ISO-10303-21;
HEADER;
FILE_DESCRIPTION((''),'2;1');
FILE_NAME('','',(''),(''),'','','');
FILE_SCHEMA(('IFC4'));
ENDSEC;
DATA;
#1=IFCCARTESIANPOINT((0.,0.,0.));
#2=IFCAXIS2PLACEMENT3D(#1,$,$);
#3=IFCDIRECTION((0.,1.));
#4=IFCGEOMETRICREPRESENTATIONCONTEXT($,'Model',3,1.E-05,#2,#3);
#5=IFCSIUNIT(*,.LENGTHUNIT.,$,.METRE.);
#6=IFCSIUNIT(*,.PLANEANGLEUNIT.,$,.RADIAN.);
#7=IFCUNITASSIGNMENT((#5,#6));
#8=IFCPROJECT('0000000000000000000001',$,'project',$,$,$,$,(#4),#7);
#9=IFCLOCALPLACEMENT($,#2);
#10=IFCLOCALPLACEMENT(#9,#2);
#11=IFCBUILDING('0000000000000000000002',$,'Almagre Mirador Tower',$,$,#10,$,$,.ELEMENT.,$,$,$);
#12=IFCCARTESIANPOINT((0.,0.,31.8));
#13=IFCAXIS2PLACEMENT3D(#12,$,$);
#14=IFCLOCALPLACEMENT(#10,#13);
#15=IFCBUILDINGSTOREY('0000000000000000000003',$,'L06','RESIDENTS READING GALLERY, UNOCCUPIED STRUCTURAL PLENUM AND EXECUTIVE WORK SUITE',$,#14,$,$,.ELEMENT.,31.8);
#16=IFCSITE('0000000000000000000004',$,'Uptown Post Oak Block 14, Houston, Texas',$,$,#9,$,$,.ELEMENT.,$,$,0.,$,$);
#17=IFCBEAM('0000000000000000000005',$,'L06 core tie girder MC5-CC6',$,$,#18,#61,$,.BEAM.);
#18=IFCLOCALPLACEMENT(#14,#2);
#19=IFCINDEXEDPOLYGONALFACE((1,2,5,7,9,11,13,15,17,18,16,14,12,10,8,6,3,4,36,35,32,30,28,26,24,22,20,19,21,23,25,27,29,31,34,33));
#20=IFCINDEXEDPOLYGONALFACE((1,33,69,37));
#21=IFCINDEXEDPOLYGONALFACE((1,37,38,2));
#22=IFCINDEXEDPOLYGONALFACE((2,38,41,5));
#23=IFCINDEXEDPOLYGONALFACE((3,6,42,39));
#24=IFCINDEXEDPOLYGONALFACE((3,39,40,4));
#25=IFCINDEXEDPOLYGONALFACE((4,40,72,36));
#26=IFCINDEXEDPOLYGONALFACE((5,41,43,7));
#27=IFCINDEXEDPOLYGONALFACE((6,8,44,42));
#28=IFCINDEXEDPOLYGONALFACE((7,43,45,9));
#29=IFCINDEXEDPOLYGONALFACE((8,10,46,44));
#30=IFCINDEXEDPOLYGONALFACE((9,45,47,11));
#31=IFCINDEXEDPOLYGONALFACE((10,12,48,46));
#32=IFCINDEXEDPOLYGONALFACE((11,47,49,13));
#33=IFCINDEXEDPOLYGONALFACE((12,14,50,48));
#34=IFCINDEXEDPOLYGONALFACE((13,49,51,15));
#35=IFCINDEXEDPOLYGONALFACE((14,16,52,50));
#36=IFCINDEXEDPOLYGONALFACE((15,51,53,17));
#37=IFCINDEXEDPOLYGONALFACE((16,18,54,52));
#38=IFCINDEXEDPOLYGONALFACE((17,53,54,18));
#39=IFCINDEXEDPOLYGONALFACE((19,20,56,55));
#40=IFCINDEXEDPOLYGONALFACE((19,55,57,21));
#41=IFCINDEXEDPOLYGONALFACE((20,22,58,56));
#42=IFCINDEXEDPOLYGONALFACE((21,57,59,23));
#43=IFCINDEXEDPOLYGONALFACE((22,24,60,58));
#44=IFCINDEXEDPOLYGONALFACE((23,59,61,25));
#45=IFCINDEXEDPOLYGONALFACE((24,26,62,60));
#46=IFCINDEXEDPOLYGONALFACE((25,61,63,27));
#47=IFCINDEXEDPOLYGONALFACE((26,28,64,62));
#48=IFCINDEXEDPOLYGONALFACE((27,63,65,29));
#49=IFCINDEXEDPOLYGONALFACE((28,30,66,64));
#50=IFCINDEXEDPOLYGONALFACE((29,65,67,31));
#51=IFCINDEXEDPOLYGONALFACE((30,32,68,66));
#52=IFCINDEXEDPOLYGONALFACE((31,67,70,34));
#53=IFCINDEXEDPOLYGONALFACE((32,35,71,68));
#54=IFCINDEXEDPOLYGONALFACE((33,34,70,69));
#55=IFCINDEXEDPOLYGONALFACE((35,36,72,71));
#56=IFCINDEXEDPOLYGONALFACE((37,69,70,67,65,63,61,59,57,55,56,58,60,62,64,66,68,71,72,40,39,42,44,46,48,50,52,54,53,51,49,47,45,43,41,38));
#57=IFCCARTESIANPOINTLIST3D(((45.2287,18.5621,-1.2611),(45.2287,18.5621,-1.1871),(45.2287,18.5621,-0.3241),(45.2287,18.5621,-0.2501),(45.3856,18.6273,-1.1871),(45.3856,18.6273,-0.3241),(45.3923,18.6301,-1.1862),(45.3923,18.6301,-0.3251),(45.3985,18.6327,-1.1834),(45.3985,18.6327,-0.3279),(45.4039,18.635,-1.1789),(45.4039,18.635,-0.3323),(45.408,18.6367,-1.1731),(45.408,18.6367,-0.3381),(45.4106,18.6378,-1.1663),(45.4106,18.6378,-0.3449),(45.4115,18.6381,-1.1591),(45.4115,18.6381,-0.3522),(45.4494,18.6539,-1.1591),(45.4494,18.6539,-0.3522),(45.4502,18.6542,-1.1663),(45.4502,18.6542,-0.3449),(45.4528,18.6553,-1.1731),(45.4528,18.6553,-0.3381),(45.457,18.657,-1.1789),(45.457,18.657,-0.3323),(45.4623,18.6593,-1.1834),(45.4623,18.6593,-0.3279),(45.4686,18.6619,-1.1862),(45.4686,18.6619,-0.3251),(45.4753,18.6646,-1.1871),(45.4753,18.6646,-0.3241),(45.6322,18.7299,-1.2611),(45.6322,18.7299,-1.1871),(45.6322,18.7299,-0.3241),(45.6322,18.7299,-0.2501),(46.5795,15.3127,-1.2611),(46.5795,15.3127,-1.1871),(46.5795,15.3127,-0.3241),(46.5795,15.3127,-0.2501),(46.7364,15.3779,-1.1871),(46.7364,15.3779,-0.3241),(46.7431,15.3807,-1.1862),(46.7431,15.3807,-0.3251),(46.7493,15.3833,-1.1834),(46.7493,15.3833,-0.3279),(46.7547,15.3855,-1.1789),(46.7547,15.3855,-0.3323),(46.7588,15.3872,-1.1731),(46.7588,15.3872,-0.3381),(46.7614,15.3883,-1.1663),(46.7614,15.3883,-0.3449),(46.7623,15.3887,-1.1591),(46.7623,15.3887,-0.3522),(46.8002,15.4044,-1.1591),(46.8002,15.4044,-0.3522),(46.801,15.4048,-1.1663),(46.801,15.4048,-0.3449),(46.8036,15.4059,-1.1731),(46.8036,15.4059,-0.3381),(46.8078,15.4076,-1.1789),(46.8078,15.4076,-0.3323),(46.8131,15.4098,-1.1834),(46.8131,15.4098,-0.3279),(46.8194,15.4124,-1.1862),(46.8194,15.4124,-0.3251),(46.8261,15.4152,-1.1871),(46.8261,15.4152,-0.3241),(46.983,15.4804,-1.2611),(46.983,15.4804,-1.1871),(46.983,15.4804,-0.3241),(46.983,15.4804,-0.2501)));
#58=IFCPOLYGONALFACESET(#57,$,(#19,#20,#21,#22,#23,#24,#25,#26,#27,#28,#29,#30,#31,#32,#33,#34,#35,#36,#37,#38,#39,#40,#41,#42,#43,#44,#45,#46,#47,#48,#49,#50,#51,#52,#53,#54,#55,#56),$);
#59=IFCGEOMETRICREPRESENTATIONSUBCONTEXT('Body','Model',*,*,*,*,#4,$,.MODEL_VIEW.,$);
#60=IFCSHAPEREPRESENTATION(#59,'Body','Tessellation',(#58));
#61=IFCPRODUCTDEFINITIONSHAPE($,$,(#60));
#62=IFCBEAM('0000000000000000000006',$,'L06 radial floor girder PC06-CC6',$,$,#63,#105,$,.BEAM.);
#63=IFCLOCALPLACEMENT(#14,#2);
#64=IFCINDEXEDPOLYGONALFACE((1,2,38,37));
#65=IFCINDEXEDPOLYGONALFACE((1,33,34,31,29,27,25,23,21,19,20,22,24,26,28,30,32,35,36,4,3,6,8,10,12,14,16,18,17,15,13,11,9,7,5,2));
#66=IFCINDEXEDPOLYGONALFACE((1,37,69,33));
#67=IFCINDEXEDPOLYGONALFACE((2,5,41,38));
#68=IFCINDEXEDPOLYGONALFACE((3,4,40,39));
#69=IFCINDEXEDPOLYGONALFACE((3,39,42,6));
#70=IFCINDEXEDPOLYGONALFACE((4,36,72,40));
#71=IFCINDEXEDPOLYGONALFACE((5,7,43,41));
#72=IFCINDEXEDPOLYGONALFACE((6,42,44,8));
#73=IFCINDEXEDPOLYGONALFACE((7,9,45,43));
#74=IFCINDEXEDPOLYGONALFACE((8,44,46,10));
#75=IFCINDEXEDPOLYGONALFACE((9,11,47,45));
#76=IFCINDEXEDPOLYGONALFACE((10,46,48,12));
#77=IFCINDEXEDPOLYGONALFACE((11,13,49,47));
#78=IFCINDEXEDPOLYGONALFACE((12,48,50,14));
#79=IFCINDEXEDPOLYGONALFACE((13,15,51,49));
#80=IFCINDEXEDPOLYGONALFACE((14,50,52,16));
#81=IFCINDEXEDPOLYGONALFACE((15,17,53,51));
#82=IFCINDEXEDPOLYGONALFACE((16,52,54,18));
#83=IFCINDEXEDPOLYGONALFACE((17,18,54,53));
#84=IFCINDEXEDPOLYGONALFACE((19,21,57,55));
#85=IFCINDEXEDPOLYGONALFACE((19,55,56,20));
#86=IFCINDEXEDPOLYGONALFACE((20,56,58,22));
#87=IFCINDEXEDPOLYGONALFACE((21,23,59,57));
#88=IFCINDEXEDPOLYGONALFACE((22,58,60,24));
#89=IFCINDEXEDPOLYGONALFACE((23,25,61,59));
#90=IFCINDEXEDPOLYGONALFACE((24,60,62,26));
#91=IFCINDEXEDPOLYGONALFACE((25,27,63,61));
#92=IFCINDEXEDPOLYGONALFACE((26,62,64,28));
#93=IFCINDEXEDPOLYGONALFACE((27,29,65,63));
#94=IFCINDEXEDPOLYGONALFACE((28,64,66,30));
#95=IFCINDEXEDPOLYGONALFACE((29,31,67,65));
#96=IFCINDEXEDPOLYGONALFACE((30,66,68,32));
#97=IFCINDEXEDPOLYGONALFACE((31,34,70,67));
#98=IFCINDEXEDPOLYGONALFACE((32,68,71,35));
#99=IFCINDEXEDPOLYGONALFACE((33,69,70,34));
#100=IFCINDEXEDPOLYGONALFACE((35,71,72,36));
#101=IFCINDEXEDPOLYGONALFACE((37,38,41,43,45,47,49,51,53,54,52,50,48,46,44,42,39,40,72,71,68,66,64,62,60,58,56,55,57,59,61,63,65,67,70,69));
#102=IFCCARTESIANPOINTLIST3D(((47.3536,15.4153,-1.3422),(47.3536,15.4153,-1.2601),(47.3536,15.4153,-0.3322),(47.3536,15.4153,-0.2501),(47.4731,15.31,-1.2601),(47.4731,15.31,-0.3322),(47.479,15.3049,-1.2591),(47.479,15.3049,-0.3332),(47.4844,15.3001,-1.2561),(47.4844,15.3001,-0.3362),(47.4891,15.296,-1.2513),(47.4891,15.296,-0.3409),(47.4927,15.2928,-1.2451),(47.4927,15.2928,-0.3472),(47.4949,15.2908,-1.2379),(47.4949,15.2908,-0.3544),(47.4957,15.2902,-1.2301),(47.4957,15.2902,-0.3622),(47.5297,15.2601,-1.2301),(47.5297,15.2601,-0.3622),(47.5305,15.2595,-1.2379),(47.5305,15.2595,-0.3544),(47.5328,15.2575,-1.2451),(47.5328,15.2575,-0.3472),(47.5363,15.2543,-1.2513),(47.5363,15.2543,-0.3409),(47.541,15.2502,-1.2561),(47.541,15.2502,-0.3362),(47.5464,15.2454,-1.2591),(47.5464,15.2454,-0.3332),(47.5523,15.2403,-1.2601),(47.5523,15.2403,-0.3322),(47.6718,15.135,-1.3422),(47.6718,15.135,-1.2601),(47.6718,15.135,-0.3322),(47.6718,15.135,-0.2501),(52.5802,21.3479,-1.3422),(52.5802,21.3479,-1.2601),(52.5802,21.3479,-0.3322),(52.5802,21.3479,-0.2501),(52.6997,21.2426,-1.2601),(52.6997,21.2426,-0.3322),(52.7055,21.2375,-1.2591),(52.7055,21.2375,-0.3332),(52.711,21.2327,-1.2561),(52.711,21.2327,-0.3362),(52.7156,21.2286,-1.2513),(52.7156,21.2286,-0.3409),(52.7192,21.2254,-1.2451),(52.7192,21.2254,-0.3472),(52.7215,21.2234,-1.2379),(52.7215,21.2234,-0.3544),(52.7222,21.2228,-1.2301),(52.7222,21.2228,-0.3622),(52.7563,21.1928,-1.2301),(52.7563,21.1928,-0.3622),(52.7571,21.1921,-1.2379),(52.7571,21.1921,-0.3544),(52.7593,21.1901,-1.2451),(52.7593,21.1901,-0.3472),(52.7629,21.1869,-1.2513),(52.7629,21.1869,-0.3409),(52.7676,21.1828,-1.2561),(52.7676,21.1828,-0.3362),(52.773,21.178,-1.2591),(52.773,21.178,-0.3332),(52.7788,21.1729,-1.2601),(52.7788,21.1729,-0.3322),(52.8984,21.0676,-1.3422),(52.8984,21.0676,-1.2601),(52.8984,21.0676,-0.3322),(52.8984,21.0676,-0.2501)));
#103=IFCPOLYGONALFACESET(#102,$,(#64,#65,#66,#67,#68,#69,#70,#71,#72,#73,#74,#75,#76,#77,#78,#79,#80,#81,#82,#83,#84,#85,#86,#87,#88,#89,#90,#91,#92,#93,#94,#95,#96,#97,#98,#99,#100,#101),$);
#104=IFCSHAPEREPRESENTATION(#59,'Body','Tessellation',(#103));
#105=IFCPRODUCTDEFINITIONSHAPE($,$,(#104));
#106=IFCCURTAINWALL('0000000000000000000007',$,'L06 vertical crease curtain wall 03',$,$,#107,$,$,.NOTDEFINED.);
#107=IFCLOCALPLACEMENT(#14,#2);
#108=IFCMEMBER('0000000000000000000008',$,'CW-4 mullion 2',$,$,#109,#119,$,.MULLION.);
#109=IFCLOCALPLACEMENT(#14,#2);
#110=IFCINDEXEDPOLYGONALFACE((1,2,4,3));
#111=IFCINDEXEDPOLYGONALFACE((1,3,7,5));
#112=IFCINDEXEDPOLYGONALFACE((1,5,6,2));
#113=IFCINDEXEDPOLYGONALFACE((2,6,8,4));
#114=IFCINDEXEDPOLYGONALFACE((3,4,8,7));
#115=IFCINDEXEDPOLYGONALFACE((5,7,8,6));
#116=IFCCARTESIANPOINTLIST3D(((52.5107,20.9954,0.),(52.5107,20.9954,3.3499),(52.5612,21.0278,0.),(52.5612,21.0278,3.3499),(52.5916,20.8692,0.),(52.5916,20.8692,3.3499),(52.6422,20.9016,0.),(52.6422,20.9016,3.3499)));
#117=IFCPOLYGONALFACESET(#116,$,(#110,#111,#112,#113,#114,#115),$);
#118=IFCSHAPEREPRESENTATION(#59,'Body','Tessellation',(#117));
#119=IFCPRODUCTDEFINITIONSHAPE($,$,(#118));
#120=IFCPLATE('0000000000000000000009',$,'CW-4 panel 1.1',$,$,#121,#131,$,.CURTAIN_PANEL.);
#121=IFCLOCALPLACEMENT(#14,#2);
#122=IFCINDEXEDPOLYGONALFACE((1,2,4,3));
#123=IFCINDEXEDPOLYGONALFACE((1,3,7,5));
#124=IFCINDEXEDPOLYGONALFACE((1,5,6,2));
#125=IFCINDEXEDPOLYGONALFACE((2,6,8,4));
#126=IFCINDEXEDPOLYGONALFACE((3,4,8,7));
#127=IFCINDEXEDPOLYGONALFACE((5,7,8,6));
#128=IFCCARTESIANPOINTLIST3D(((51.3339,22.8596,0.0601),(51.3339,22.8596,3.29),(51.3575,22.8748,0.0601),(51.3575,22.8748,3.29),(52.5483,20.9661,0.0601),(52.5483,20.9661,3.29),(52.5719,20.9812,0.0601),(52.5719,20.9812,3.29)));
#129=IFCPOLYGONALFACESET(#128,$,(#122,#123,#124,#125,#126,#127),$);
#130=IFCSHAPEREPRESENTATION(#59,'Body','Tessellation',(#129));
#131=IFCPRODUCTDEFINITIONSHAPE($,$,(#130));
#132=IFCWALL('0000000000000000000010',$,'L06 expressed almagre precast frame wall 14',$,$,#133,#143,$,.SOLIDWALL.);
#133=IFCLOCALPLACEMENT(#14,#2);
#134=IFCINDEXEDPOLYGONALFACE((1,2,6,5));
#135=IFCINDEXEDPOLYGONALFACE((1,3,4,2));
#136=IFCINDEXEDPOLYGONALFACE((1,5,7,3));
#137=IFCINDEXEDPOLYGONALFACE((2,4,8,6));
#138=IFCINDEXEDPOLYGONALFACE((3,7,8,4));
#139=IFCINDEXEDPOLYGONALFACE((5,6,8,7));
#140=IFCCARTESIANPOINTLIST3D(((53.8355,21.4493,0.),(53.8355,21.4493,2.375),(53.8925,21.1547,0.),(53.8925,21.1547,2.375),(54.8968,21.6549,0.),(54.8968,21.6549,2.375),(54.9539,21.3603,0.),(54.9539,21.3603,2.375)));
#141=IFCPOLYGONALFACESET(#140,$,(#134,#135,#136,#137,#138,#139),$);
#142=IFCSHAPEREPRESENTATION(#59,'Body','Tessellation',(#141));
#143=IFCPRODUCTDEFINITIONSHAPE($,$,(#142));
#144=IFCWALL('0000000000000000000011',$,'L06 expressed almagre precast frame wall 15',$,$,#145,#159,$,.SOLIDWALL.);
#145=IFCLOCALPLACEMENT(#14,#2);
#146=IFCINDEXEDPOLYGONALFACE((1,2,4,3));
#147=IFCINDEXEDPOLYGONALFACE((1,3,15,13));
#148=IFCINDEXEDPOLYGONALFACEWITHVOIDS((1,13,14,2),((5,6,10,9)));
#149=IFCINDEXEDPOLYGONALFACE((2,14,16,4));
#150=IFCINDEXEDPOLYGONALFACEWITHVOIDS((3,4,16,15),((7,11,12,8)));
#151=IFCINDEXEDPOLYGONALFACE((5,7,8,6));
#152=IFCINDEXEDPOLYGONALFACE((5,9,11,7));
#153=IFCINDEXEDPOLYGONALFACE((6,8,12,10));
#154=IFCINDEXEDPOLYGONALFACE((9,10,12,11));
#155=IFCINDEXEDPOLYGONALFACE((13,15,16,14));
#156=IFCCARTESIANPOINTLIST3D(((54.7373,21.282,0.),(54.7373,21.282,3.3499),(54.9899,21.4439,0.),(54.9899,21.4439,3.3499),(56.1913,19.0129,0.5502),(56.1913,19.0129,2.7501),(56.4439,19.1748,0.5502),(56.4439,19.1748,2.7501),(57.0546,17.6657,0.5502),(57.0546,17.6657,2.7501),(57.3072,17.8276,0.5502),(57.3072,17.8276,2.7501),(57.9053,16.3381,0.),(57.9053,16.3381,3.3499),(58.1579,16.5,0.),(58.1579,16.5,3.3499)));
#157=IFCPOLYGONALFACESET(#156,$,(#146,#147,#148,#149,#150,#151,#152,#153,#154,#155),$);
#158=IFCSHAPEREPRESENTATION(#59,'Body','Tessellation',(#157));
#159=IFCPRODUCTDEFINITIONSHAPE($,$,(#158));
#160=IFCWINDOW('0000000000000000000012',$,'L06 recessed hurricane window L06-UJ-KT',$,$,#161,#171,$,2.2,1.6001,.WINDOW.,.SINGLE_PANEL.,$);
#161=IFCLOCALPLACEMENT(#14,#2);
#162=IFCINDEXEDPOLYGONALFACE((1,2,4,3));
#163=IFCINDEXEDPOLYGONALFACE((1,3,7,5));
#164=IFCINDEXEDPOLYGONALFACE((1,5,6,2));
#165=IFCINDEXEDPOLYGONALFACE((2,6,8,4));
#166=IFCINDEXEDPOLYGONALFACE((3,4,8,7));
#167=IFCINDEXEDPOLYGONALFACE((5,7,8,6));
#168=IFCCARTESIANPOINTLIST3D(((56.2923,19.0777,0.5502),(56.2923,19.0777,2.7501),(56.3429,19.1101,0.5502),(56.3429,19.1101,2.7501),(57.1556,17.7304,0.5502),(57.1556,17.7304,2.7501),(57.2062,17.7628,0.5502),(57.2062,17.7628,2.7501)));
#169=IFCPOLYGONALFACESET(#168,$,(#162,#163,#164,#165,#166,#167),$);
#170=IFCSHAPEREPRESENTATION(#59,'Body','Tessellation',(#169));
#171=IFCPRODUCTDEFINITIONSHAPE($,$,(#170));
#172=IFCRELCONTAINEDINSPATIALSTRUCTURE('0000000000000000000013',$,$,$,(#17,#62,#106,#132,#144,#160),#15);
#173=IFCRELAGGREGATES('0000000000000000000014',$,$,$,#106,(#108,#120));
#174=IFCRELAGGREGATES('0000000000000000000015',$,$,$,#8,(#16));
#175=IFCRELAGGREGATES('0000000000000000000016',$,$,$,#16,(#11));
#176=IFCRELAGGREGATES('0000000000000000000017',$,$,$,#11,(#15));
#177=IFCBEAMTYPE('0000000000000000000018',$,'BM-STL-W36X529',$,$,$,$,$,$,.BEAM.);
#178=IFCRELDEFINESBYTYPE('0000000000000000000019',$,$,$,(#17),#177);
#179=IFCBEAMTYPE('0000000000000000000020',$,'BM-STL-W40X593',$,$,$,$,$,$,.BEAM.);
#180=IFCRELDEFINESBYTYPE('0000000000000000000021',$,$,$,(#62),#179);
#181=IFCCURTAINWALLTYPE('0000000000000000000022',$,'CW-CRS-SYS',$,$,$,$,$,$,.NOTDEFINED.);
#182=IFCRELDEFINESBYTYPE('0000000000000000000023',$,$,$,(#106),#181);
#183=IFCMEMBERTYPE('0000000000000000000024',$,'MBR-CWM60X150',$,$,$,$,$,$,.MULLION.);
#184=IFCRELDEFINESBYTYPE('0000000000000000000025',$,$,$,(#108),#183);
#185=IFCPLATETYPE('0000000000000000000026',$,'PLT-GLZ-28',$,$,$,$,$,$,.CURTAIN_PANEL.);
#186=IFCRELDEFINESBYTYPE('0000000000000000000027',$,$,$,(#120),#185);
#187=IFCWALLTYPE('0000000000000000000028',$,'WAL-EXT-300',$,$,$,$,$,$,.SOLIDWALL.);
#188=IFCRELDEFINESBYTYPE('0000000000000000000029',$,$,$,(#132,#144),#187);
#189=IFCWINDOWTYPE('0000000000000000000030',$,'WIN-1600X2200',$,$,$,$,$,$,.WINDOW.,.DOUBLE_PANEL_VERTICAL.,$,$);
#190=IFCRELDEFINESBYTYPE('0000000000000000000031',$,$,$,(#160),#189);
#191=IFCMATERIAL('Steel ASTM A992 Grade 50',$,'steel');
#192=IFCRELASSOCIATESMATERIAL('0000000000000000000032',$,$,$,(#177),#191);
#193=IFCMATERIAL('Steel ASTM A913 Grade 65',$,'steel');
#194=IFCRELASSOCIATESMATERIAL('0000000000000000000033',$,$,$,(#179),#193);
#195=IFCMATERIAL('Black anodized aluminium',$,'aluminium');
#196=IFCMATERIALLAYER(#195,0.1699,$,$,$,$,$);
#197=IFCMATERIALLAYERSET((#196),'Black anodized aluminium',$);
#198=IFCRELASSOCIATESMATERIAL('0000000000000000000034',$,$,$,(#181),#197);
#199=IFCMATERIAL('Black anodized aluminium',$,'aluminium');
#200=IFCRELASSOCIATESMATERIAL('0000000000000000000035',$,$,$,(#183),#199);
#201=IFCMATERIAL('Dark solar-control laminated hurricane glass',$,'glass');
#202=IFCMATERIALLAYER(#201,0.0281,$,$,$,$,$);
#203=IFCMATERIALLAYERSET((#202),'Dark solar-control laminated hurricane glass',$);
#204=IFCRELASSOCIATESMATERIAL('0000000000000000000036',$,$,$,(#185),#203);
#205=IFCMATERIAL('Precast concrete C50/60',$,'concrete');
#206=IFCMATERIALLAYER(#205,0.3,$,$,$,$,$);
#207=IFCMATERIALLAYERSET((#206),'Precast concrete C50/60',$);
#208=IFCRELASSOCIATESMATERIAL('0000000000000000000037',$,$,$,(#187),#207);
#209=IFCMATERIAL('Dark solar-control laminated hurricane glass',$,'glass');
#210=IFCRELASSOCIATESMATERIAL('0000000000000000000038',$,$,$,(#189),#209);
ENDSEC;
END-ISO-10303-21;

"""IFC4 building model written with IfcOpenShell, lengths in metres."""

from ifc_helpers import new_model, si_unit, direction, frame, frame_2d, origin, origin_2d, place, context, subcontext, project, spatial, rectangle, i_section, extrude, material, layer, layer_set, material_profile, profile_set, type_object, element, fill, aggregate, save


model = new_model("IFC4")

# Units and contexts
model_context = context("Model", 3, precision=1e-05, world=origin(), true_north=direction((0.0, 1.0)))
body_context = subcontext(model_context, "Body", "Model", "MODEL_VIEW")
ifc_project = project(units=[si_unit("LENGTHUNIT", "METRE"), si_unit("PLANEANGLEUNIT", "RADIAN")], contexts=[model_context])

# Site, building, storey
site_placement = place(None, origin())
site = spatial("IfcSite", under=ifc_project, at=site_placement, Name="Uptown Post Oak Block 14, Houston, Texas", CompositionType="ELEMENT", RefElevation=0.0)
building_placement = place(site_placement, origin())
building = spatial("IfcBuilding", under=site, at=building_placement, Name="Almagre Mirador Tower", CompositionType="ELEMENT")
storey_placement = place(building_placement, frame((0.0, 0.0, 31.8)))
storey = spatial("IfcBuildingStorey", under=building, at=storey_placement, Name="L06", Description="RESIDENTS READING GALLERY, UNOCCUPIED STRUCTURAL PLENUM AND EXECUTIVE WORK SUITE", CompositionType="ELEMENT", Elevation=31.8)

# Beams
ifc_material_1 = material(Name="Steel ASTM A992 Grade 50", Category="steel")
ifc_material_profile_1 = material_profile(ifc_material_1, i_section(OverallWidth=0.437, OverallDepth=1.011, WebThickness=0.041, FlangeThickness=0.074, FilletRadius=0.0281, at=origin_2d()), Name="W36X529")
ifc_profile_set_1 = profile_set([ifc_material_profile_1], Name="Steel ASTM A992 Grade 50")
beam_type_1 = type_object("IfcBeamType", Name="BM-STL-W36X529", PredefinedType="BEAM", material=ifc_profile_set_1)
beam_1_placement = place(storey_placement, frame((45.4304, 18.646, -0.7556), z_axis=(0.383857, -0.923393, 0.0), x_axis=(0.923393, 0.383857, 0.0)))
element("IfcBeam", 1, at=beam_1_placement, inside=storey, type_object=beam_type_1, Name="L06 core tie girder MC5-CC6", PredefinedType="BEAM", context=body_context, shape_type="SweptSolid", body=[
    extrude(i_section(OverallWidth=0.437, OverallDepth=1.011, WebThickness=0.041, FlangeThickness=0.074, FilletRadius=0.0281, at=origin_2d()), origin(), (0.0, 0.0, 1.0), 3.519),
])
ifc_material_2 = material(Name="Steel ASTM A913 Grade 65", Category="steel")
ifc_material_profile_2 = material_profile(ifc_material_2, i_section(OverallWidth=0.4241, OverallDepth=1.092, WebThickness=0.0454, FlangeThickness=0.082, FilletRadius=0.03, at=origin_2d()), Name="W40X593")
ifc_profile_set_2 = profile_set([ifc_material_profile_2], Name="Steel ASTM A913 Grade 65")
beam_type_2 = type_object("IfcBeamType", Name="BM-STL-W40X593", PredefinedType="BEAM", material=ifc_profile_set_2)
beam_2_placement = place(storey_placement, frame((52.7393, 21.2078, -0.7961), z_axis=(-0.661045, -0.750346, 0.0), x_axis=(0.750346, -0.661045, 0.0)))
element("IfcBeam", 2, at=beam_2_placement, inside=storey, type_object=beam_type_2, Name="L06 radial floor girder PC06-CC6", PredefinedType="BEAM", context=body_context, shape_type="SweptSolid", body=[
    extrude(i_section(OverallWidth=0.4241, OverallDepth=1.092, WebThickness=0.0454, FlangeThickness=0.082, FilletRadius=0.03, at=origin_2d()), origin(), (0.0, 0.0, 1.0), 7.9065),
])

# Curtain wall, member, plate
ifc_material_3 = material(Name="Black anodized aluminium", Category="aluminium")
ifc_layer_1 = layer(ifc_material_3, 0.1699)
ifc_layer_set_1 = layer_set([ifc_layer_1], Name="Black anodized aluminium")
curtain_wall_type = type_object("IfcCurtainWallType", Name="CW-CRS-SYS", PredefinedType="NOTDEFINED", material=ifc_layer_set_1)
curtain_wall_placement = place(storey_placement, origin())
curtain_wall = element("IfcCurtainWall", 3, at=curtain_wall_placement, inside=storey, type_object=curtain_wall_type, Name="L06 vertical crease curtain wall 03", PredefinedType="NOTDEFINED")
ifc_material_4 = material(Name="Black anodized aluminium", Category="aluminium")
ifc_material_profile_3 = material_profile(ifc_material_4, rectangle(XDim=0.0601, YDim=0.1499, at=origin_2d()), Name="CWM60X150")
ifc_profile_set_3 = profile_set([ifc_material_profile_3], Name="Black anodized aluminium")
member_type = type_object("IfcMemberType", Name="MBR-CWM60X150", PredefinedType="MULLION", material=ifc_profile_set_3)
member_placement = place(storey_placement, frame((52.5764, 20.9485, 0.0), z_axis=(0.0, 0.0, 1.0), x_axis=(0.841762, 0.539849, 0.0)))
member = element("IfcMember", 4, at=member_placement, type_object=member_type, Name="CW-4 mullion 2", PredefinedType="MULLION", context=body_context, shape_type="SweptSolid", body=[
    extrude(rectangle(XDim=0.0601, YDim=0.1499, at=origin_2d()), origin(), (0.0, 0.0, 1.0), 3.3499),
])
ifc_material_5 = material(Name="Dark solar-control laminated hurricane glass", Category="glass")
ifc_layer_2 = layer(ifc_material_5, 0.0281)
ifc_layer_set_2 = layer_set([ifc_layer_2], Name="Dark solar-control laminated hurricane glass")
plate_type = type_object("IfcPlateType", Name="PLT-GLZ-28", PredefinedType="CURTAIN_PANEL", material=ifc_layer_set_2)
plate_placement = place(storey_placement, frame((51.9529, 21.9204, 0.0601), z_axis=(0.0, 0.0, 1.0), x_axis=(0.539849, -0.841762, 0.0)))
plate = element("IfcPlate", 5, at=plate_placement, type_object=plate_type, Name="CW-4 panel 1.1", PredefinedType="CURTAIN_PANEL", context=body_context, shape_type="SweptSolid", body=[
    extrude(rectangle(XDim=2.2495, YDim=0.0281, at=origin_2d()), origin(), (0.0, 0.0, 1.0), 3.23),
])
aggregate(curtain_wall, [member, plate])

# Wall
ifc_material_6 = material(Name="Precast concrete C50/60", Category="concrete")
ifc_layer_3 = layer(ifc_material_6, 0.3)
ifc_layer_set_3 = layer_set([ifc_layer_3], Name="Precast concrete C50/60")
wall_type_1 = type_object("IfcWallType", Name="WAL-EXT-300", PredefinedType="SOLIDWALL", material=ifc_layer_set_3)
wall_1_placement = place(storey_placement, frame((53.864, 21.302, 0.0), z_axis=(0.0, 0.0, 1.0), x_axis=(0.981753, 0.190162, 0.0)))
element("IfcWall", 6, at=wall_1_placement, inside=storey, type_object=wall_type_1, Name="L06 expressed almagre precast frame wall 14", PredefinedType="SOLIDWALL", context=body_context, shape_type="SweptSolid", body=[
    extrude(rectangle(XDim=1.0811, YDim=0.3, at=frame_2d((0.5405, 0.0))), origin(), (0.0, 0.0, 1.0), 2.375),
])

# Wall, opening, window
wall_2_placement = place(storey_placement, frame((54.8635, 21.363, 0.0), z_axis=(0.0, 0.0, 1.0), x_axis=(0.539526, -0.841969, 0.0)))
wall_2 = element("IfcWall", 7, at=wall_2_placement, inside=storey, type_object=wall_type_1, Name="L06 expressed almagre precast frame wall 15", PredefinedType="SOLIDWALL", context=body_context, shape_type="SweptSolid", body=[
    extrude(rectangle(XDim=5.8718, YDim=0.3, at=frame_2d((2.936, 0.0))), origin(), (0.0, 0.0, 1.0), 3.3499),
])
opening_1_placement = place(wall_2_placement, frame((2.6951, 0.0, 0.55)))
opening_1 = element("IfcOpeningElement", 8, at=opening_1_placement, cuts=wall_2, PredefinedType="OPENING", context=body_context, shape_type="SweptSolid", body=[
    extrude(rectangle(XDim=1.6001, YDim=2.2, at=frame_2d((0.8, 1.1001))), frame((0.0, 0.1599, 0.0), z_axis=(0.0, -1.0, 0.0), x_axis=(1.0, 0.0, 0.0)), (0.0, 0.0, 1.0), 0.32),
])
ifc_material_7 = material(Name="Dark solar-control laminated hurricane glass", Category="glass")
window_type_1 = type_object("IfcWindowType", Name="WIN-1600X2200", PartitioningType="DOUBLE_PANEL_VERTICAL", PredefinedType="WINDOW", material=ifc_material_7)
window_1_placement = place(opening_1_placement, origin())
window_1 = element("IfcWindow", 9, at=window_1_placement, inside=storey, type_object=window_type_1, Name="L06 recessed hurricane window L06-UJ-KT", OverallHeight=2.2, OverallWidth=1.6001, PartitioningType="SINGLE_PANEL", PredefinedType="WINDOW", context=body_context, shape_type="SweptSolid", body=[
    extrude(rectangle(XDim=1.6001, YDim=2.2, at=frame_2d((0.8, 1.1001))), frame((0.0, 0.03, 0.0), z_axis=(0.0, -1.0, 0.0), x_axis=(1.0, 0.0, 0.0)), (0.0, 0.0, 1.0), 0.0601),
])
fill(opening_1, window_1)

save(model, "model.ifc")
